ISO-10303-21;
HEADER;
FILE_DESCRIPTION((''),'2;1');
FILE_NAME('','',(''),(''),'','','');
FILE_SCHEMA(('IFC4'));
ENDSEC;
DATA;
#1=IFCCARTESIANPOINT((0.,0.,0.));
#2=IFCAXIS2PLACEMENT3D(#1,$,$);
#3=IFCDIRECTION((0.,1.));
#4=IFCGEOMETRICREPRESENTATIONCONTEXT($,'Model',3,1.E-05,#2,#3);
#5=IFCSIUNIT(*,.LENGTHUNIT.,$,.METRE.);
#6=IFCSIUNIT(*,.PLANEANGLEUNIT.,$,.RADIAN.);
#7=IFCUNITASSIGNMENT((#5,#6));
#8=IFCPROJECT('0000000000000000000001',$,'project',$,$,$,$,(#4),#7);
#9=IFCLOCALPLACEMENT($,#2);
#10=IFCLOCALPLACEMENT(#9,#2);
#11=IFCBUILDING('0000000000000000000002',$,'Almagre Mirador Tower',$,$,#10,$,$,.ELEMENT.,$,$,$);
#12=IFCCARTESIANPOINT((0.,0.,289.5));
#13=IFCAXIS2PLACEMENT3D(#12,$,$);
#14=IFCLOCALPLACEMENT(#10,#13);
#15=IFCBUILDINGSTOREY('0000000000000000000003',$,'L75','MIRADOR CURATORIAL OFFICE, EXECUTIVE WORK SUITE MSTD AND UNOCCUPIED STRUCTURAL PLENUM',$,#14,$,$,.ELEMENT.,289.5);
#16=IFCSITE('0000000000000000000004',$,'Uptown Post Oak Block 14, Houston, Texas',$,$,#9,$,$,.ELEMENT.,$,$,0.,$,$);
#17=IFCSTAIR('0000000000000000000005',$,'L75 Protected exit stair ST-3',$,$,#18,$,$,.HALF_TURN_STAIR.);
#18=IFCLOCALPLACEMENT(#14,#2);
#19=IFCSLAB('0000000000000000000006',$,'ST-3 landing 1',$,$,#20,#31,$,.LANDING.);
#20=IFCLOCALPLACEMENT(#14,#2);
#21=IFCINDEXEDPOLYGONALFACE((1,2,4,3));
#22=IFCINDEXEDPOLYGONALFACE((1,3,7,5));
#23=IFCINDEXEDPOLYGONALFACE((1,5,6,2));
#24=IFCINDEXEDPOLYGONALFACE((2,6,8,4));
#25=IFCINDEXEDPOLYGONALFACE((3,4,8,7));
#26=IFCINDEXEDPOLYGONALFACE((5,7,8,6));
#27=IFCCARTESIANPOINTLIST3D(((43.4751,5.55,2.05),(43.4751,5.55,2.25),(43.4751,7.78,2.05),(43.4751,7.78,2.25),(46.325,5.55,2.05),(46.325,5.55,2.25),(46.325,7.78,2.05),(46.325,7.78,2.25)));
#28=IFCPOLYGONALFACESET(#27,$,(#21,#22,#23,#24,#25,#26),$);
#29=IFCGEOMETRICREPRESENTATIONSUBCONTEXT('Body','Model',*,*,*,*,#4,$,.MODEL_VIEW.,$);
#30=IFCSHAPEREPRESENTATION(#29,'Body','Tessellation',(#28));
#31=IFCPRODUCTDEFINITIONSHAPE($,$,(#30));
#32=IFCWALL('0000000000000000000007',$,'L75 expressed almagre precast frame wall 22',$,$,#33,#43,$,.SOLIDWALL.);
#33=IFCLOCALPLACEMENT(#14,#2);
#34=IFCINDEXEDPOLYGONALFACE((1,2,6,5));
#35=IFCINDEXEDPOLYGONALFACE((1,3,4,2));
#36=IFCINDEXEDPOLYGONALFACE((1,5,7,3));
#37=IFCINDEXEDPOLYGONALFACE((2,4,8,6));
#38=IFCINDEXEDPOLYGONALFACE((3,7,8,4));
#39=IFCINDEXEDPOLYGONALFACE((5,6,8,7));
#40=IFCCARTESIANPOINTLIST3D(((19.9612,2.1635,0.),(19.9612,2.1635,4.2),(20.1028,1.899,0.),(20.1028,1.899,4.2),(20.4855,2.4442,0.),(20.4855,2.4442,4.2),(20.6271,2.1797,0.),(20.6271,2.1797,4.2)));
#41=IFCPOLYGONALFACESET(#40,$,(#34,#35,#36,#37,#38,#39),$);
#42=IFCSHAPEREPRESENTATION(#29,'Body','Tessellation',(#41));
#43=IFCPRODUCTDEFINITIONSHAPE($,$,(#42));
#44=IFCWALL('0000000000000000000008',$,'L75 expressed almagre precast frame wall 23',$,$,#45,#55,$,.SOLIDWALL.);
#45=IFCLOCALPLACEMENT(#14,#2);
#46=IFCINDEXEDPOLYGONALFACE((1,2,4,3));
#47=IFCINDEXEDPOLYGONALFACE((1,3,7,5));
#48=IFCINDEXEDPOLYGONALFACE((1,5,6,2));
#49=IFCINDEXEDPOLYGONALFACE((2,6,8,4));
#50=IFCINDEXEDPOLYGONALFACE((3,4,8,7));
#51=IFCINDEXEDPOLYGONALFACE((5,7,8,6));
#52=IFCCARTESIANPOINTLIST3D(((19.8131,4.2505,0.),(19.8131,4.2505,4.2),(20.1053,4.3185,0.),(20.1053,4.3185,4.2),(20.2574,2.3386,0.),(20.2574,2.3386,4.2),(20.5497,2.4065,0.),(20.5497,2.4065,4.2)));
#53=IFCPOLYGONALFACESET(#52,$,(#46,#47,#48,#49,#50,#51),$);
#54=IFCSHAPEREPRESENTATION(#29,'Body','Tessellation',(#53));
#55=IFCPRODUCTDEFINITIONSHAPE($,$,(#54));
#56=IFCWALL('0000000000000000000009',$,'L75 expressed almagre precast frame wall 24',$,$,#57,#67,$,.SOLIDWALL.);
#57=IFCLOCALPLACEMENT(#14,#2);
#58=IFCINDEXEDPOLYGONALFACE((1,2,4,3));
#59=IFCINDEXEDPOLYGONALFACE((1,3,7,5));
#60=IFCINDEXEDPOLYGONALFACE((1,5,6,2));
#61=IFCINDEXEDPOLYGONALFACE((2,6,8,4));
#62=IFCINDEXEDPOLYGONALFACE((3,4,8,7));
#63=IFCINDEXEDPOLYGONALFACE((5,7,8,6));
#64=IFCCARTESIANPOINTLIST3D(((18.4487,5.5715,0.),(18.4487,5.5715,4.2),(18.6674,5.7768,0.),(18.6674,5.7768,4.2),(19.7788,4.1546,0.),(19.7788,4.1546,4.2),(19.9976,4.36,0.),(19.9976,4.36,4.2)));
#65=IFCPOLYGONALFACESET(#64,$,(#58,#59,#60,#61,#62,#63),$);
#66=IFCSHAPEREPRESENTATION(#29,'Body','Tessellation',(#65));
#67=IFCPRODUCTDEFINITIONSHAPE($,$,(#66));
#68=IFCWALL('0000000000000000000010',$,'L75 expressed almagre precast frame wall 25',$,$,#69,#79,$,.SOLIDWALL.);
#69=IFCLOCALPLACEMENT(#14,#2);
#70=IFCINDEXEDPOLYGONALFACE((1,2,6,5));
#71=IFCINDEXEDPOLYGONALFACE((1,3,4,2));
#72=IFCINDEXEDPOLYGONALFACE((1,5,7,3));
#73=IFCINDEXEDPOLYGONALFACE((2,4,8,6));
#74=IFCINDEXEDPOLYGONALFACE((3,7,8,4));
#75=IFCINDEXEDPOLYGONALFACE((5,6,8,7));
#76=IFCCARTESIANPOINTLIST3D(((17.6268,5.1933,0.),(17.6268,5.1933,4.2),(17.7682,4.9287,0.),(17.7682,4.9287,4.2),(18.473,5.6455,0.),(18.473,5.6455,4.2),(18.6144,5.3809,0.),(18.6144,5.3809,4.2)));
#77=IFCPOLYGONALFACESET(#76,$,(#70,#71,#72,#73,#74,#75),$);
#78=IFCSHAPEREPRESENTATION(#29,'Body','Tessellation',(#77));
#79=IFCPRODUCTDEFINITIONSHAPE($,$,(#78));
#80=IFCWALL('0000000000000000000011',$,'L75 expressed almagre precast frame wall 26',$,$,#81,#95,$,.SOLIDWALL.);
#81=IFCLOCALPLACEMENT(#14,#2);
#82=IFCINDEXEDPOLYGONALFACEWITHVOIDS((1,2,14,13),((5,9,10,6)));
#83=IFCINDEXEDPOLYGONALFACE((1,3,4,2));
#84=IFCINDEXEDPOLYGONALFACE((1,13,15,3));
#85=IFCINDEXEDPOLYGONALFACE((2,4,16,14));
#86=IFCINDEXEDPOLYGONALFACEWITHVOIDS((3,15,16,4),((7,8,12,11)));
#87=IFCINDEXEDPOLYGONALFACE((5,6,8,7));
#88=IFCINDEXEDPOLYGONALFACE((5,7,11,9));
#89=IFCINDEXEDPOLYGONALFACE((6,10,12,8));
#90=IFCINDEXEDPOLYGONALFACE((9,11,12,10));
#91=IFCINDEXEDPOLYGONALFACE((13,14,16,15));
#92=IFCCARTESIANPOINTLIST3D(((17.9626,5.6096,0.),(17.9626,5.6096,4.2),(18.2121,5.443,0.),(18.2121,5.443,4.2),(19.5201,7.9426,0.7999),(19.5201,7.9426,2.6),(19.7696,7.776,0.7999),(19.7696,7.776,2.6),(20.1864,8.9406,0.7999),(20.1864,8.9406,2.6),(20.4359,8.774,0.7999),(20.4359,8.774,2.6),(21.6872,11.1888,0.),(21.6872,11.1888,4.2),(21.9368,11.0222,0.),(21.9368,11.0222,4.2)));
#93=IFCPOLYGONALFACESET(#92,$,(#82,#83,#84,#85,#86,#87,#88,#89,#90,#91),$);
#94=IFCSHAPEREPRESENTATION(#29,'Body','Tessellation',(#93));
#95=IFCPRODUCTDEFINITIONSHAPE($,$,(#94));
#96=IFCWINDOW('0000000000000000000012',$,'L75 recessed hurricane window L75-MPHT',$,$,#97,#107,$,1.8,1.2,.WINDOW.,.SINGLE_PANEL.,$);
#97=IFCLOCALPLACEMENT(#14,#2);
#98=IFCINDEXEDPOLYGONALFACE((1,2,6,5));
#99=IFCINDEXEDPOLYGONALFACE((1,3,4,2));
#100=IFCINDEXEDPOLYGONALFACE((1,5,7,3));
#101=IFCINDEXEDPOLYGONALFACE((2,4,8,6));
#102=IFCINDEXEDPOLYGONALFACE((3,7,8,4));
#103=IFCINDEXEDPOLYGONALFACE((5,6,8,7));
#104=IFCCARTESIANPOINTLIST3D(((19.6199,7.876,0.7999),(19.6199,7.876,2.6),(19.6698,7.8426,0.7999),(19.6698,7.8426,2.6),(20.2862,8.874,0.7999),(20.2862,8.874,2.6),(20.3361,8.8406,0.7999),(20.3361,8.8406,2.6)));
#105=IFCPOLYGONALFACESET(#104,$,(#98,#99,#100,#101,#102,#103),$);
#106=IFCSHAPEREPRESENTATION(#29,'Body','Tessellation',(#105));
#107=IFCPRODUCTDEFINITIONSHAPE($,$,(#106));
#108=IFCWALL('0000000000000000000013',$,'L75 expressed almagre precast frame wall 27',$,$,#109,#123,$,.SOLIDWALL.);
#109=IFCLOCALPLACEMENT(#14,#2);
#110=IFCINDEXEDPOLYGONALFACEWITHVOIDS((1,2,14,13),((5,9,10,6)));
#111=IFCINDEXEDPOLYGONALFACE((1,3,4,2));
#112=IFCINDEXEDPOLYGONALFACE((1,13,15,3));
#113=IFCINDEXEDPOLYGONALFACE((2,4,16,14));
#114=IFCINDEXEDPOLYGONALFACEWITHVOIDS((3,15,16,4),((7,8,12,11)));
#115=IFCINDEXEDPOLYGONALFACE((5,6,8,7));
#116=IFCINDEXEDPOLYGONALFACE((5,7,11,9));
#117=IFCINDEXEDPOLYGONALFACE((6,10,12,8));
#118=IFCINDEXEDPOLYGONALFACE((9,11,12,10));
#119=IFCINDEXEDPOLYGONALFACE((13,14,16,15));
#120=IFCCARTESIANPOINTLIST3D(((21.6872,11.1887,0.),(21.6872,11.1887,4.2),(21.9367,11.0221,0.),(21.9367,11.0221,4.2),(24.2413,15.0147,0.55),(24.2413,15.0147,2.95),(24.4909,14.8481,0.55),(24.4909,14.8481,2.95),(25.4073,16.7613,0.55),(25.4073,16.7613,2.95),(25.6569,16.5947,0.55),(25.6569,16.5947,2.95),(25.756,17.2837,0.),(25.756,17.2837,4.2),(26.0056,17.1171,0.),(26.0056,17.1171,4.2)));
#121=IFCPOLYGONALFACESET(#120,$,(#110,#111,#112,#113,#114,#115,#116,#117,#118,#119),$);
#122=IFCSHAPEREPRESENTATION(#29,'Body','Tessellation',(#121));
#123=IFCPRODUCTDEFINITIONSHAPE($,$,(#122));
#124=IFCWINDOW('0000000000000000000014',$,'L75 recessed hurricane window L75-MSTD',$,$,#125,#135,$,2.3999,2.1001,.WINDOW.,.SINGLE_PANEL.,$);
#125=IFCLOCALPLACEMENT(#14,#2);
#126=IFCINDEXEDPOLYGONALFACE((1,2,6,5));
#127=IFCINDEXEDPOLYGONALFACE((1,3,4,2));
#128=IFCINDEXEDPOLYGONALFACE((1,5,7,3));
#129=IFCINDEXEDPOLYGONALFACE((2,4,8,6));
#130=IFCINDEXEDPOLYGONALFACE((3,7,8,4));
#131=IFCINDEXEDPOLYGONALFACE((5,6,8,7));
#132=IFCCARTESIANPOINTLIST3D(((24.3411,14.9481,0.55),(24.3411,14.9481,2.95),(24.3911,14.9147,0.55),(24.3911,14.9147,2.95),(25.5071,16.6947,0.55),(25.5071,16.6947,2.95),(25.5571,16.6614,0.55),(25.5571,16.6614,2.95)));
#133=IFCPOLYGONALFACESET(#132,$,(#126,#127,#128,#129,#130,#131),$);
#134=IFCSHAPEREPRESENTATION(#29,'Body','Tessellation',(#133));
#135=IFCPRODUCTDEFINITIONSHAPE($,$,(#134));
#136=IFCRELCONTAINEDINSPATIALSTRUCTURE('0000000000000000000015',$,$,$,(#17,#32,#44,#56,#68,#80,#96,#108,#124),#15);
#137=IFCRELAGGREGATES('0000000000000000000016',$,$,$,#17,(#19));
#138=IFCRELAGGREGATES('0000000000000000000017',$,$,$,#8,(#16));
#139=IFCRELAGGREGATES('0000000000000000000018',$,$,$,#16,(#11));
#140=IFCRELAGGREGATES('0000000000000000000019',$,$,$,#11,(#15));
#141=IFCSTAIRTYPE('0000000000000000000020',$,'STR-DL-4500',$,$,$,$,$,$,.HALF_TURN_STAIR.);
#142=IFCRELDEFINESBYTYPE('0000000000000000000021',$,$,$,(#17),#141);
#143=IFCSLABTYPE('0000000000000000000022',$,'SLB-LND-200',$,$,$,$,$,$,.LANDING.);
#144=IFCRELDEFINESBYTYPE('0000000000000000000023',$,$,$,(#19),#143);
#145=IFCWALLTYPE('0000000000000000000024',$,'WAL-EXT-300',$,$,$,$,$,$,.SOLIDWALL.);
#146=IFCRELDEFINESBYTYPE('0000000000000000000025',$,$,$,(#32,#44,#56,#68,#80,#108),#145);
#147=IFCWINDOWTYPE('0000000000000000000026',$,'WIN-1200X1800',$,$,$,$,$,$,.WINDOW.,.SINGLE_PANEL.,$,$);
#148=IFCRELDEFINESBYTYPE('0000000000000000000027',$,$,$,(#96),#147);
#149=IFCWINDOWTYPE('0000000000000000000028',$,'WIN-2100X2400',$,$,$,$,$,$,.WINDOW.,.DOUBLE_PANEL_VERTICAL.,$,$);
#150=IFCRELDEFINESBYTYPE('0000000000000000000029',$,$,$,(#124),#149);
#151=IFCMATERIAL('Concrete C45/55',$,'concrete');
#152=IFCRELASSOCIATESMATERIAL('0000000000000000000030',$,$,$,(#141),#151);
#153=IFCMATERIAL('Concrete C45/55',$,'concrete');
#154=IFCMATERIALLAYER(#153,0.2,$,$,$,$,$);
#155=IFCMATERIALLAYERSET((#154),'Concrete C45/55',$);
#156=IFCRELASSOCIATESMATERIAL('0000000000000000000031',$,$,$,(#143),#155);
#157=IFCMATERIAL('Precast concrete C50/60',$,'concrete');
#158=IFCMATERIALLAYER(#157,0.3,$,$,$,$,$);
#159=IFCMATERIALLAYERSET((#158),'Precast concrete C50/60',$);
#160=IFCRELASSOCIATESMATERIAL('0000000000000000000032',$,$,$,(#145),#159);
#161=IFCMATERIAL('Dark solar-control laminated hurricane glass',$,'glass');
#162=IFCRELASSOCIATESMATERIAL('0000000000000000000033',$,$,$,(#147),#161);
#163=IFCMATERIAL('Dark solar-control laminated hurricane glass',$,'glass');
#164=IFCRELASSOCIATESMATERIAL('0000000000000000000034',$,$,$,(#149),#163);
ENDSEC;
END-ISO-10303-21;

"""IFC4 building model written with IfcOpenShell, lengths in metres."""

from ifc_helpers import new_model, si_unit, direction, frame, frame_2d, origin, place, context, subcontext, project, spatial, polyline, rectangle, outline, extrude, material, layer, layer_set, type_object, element, fill, aggregate, save


model = new_model("IFC4")

# Units and contexts
model_context = context("Model", 3, precision=1e-05, world=origin(), true_north=direction((0.0, 1.0)))
body_context = subcontext(model_context, "Body", "Model", "MODEL_VIEW")
ifc_project = project(units=[si_unit("LENGTHUNIT", "METRE"), si_unit("PLANEANGLEUNIT", "RADIAN")], contexts=[model_context])

# Site, building, storey
site_placement = place(None, origin())
site = spatial("IfcSite", under=ifc_project, at=site_placement, Name="Uptown Post Oak Block 14, Houston, Texas", CompositionType="ELEMENT", RefElevation=0.0)
building_placement = place(site_placement, origin())
building = spatial("IfcBuilding", under=site, at=building_placement, Name="Almagre Mirador Tower", CompositionType="ELEMENT")
storey_placement = place(building_placement, frame((0.0, 0.0, 289.5)))
storey = spatial("IfcBuildingStorey", under=building, at=storey_placement, Name="L75", Description="MIRADOR CURATORIAL OFFICE, EXECUTIVE WORK SUITE MSTD AND UNOCCUPIED STRUCTURAL PLENUM", CompositionType="ELEMENT", Elevation=289.5)

# Stair, slab
ifc_material_1 = material(Name="Concrete C45/55", Category="concrete")
stair_type = type_object("IfcStairType", Name="STR-DL-4500", PredefinedType="HALF_TURN_STAIR", material=ifc_material_1)
ifc_material_2 = material(Name="Concrete C45/55", Category="concrete")
ifc_layer_1 = layer(ifc_material_2, 0.2)
ifc_layer_set_1 = layer_set([ifc_layer_1], Name="Concrete C45/55")
slab_type_1 = type_object("IfcSlabType", Name="SLB-LND-200", PredefinedType="LANDING", material=ifc_layer_set_1)
stair_1_placement = place(storey_placement, origin())
stair_1 = element("IfcStair", 1, at=stair_1_placement, inside=storey, type_object=stair_type, Name="L75 Protected exit stair ST-3", PredefinedType="HALF_TURN_STAIR")
slab_1_placement = place(storey_placement, frame((0.0, 0.0, 2.05)))
slab_1 = element("IfcSlab", 2, at=slab_1_placement, type_object=slab_type_1, Name="ST-3 landing 1", PredefinedType="LANDING", context=body_context, shape_type="SweptSolid", body=[
    extrude(outline(polyline([(43.4751, 7.78), (43.4751, 5.55), (46.325, 5.55), (46.325, 7.78), (43.4751, 7.78)])), origin(), (0.0, 0.0, 1.0), 0.2),
])
aggregate(stair_1, [slab_1])

# Walls
ifc_material_3 = material(Name="Precast concrete C50/60", Category="concrete")
ifc_layer_2 = layer(ifc_material_3, 0.3)
ifc_layer_set_2 = layer_set([ifc_layer_2], Name="Precast concrete C50/60")
wall_type = type_object("IfcWallType", Name="WAL-EXT-300", PredefinedType="SOLIDWALL", material=ifc_layer_set_2)
wall_1_placement = place(storey_placement, frame((20.032, 2.0312, 0.0), z_axis=(0.0, 0.0, 1.0), x_axis=(0.881602, 0.471994, 0.0)))
element("IfcWall", 3, at=wall_1_placement, inside=storey, type_object=wall_type, Name="L75 expressed almagre precast frame wall 22", PredefinedType="SOLIDWALL", context=body_context, shape_type="SweptSolid", body=[
    extrude(rectangle(XDim=0.5947, YDim=0.3, at=frame_2d((0.2974, 0.0))), origin(), (0.0, 0.0, 1.0), 4.2),
])
wall_2_placement = place(storey_placement, frame((20.4036, 2.3726, 0.0), z_axis=(0.0, 0.0, 1.0), x_axis=(-0.226376, 0.97404, 0.0)))
element("IfcWall", 4, at=wall_2_placement, inside=storey, type_object=wall_type, Name="L75 expressed almagre precast frame wall 23", PredefinedType="SOLIDWALL", context=body_context, shape_type="SweptSolid", body=[
    extrude(rectangle(XDim=1.9629, YDim=0.3, at=frame_2d((0.9814, 0.0))), origin(), (0.0, 0.0, 1.0), 4.2),
])
wall_3_placement = place(storey_placement, frame((19.8882, 4.2573, 0.0), z_axis=(0.0, 0.0, 1.0), x_axis=(-0.684455, 0.729055, 0.0)))
element("IfcWall", 5, at=wall_3_placement, inside=storey, type_object=wall_type, Name="L75 expressed almagre precast frame wall 24", PredefinedType="SOLIDWALL", context=body_context, shape_type="SweptSolid", body=[
    extrude(rectangle(XDim=1.9434, YDim=0.3, at=frame_2d((0.9717, 0.0))), origin(), (0.0, 0.0, 1.0), 4.2),
])
wall_4_placement = place(storey_placement, frame((18.5437, 5.5132, 0.0), z_axis=(0.0, 0.0, 1.0), x_axis=(-0.881986, -0.471275, 0.0)))
element("IfcWall", 6, at=wall_4_placement, inside=storey, type_object=wall_type, Name="L75 expressed almagre precast frame wall 25", PredefinedType="SOLIDWALL", context=body_context, shape_type="SweptSolid", body=[
    extrude(rectangle(XDim=0.9595, YDim=0.3, at=frame_2d((0.4797, 0.0))), origin(), (0.0, 0.0, 1.0), 4.2),
])

# Walls, openings, windows
wall_5_placement = place(storey_placement, frame((18.0874, 5.5264, 0.0), z_axis=(0.0, 0.0, 1.0), x_axis=(0.555238, 0.831692, 0.0)))
wall_5 = element("IfcWall", 7, at=wall_5_placement, inside=storey, type_object=wall_type, Name="L75 expressed almagre precast frame wall 26", PredefinedType="SOLIDWALL", context=body_context, shape_type="SweptSolid", body=[
    extrude(rectangle(XDim=6.7083, YDim=0.3, at=frame_2d((3.354, 0.0))), origin(), (0.0, 0.0, 1.0), 4.2),
])
opening_1_placement = place(wall_5_placement, frame((2.8049, 0.0, 0.8)))
opening_1 = element("IfcOpeningElement", 8, at=opening_1_placement, cuts=wall_5, PredefinedType="OPENING", context=body_context, shape_type="SweptSolid", body=[
    extrude(rectangle(XDim=1.2, YDim=1.8, at=frame_2d((0.6001, 0.8999))), frame((0.0, 0.1599, 0.0), z_axis=(0.0, -1.0, 0.0), x_axis=(1.0, 0.0, 0.0)), (0.0, 0.0, 1.0), 0.32),
])
ifc_material_4 = material(Name="Dark solar-control laminated hurricane glass", Category="glass")
window_type_1 = type_object("IfcWindowType", Name="WIN-1200X1800", PartitioningType="SINGLE_PANEL", PredefinedType="WINDOW", material=ifc_material_4)
window_1_placement = place(opening_1_placement, origin())
window_1 = element("IfcWindow", 9, at=window_1_placement, inside=storey, type_object=window_type_1, Name="L75 recessed hurricane window L75-MPHT", OverallHeight=1.8, OverallWidth=1.2, PartitioningType="SINGLE_PANEL", PredefinedType="WINDOW", context=body_context, shape_type="SweptSolid", body=[
    extrude(rectangle(XDim=1.2, YDim=1.8, at=frame_2d((0.6001, 0.8999))), frame((0.0, 0.03, 0.0), z_axis=(0.0, -1.0, 0.0), x_axis=(1.0, 0.0, 0.0)), (0.0, 0.0, 1.0), 0.0601),
])
fill(opening_1, window_1)
wall_6_placement = place(storey_placement, frame((21.812, 11.1055, 0.0), z_axis=(0.0, 0.0, 1.0), x_axis=(0.555223, 0.831702, 0.0)))
wall_6 = element("IfcWall", 10, at=wall_6_placement, inside=storey, type_object=wall_type, Name="L75 expressed almagre precast frame wall 27", PredefinedType="SOLIDWALL", context=body_context, shape_type="SweptSolid", body=[
    extrude(rectangle(XDim=7.3284, YDim=0.3, at=frame_2d((3.6641, 0.0))), origin(), (0.0, 0.0, 1.0), 4.2),
])
opening_2_placement = place(wall_6_placement, frame((4.6001, 0.0, 0.55)))
opening_2 = element("IfcOpeningElement", 11, at=opening_2_placement, cuts=wall_6, PredefinedType="OPENING", context=body_context, shape_type="SweptSolid", body=[
    extrude(rectangle(XDim=2.1001, YDim=2.3999, at=frame_2d((1.05, 1.2))), frame((0.0, 0.1599, 0.0), z_axis=(0.0, -1.0, 0.0), x_axis=(1.0, 0.0, 0.0)), (0.0, 0.0, 1.0), 0.32),
])
ifc_material_5 = material(Name="Dark solar-control laminated hurricane glass", Category="glass")
window_type_2 = type_object("IfcWindowType", Name="WIN-2100X2400", PartitioningType="DOUBLE_PANEL_VERTICAL", PredefinedType="WINDOW", material=ifc_material_5)
window_2_placement = place(opening_2_placement, origin())
window_2 = element("IfcWindow", 12, at=window_2_placement, inside=storey, type_object=window_type_2, Name="L75 recessed hurricane window L75-MSTD", OverallHeight=2.3999, OverallWidth=2.1001, PartitioningType="SINGLE_PANEL", PredefinedType="WINDOW", context=body_context, shape_type="SweptSolid", body=[
    extrude(rectangle(XDim=2.1001, YDim=2.3999, at=frame_2d((1.05, 1.2))), frame((0.0, 0.03, 0.0), z_axis=(0.0, -1.0, 0.0), x_axis=(1.0, 0.0, 0.0)), (0.0, 0.0, 1.0), 0.0601),
])
fill(opening_2, window_2)

save(model, "model.ifc")
